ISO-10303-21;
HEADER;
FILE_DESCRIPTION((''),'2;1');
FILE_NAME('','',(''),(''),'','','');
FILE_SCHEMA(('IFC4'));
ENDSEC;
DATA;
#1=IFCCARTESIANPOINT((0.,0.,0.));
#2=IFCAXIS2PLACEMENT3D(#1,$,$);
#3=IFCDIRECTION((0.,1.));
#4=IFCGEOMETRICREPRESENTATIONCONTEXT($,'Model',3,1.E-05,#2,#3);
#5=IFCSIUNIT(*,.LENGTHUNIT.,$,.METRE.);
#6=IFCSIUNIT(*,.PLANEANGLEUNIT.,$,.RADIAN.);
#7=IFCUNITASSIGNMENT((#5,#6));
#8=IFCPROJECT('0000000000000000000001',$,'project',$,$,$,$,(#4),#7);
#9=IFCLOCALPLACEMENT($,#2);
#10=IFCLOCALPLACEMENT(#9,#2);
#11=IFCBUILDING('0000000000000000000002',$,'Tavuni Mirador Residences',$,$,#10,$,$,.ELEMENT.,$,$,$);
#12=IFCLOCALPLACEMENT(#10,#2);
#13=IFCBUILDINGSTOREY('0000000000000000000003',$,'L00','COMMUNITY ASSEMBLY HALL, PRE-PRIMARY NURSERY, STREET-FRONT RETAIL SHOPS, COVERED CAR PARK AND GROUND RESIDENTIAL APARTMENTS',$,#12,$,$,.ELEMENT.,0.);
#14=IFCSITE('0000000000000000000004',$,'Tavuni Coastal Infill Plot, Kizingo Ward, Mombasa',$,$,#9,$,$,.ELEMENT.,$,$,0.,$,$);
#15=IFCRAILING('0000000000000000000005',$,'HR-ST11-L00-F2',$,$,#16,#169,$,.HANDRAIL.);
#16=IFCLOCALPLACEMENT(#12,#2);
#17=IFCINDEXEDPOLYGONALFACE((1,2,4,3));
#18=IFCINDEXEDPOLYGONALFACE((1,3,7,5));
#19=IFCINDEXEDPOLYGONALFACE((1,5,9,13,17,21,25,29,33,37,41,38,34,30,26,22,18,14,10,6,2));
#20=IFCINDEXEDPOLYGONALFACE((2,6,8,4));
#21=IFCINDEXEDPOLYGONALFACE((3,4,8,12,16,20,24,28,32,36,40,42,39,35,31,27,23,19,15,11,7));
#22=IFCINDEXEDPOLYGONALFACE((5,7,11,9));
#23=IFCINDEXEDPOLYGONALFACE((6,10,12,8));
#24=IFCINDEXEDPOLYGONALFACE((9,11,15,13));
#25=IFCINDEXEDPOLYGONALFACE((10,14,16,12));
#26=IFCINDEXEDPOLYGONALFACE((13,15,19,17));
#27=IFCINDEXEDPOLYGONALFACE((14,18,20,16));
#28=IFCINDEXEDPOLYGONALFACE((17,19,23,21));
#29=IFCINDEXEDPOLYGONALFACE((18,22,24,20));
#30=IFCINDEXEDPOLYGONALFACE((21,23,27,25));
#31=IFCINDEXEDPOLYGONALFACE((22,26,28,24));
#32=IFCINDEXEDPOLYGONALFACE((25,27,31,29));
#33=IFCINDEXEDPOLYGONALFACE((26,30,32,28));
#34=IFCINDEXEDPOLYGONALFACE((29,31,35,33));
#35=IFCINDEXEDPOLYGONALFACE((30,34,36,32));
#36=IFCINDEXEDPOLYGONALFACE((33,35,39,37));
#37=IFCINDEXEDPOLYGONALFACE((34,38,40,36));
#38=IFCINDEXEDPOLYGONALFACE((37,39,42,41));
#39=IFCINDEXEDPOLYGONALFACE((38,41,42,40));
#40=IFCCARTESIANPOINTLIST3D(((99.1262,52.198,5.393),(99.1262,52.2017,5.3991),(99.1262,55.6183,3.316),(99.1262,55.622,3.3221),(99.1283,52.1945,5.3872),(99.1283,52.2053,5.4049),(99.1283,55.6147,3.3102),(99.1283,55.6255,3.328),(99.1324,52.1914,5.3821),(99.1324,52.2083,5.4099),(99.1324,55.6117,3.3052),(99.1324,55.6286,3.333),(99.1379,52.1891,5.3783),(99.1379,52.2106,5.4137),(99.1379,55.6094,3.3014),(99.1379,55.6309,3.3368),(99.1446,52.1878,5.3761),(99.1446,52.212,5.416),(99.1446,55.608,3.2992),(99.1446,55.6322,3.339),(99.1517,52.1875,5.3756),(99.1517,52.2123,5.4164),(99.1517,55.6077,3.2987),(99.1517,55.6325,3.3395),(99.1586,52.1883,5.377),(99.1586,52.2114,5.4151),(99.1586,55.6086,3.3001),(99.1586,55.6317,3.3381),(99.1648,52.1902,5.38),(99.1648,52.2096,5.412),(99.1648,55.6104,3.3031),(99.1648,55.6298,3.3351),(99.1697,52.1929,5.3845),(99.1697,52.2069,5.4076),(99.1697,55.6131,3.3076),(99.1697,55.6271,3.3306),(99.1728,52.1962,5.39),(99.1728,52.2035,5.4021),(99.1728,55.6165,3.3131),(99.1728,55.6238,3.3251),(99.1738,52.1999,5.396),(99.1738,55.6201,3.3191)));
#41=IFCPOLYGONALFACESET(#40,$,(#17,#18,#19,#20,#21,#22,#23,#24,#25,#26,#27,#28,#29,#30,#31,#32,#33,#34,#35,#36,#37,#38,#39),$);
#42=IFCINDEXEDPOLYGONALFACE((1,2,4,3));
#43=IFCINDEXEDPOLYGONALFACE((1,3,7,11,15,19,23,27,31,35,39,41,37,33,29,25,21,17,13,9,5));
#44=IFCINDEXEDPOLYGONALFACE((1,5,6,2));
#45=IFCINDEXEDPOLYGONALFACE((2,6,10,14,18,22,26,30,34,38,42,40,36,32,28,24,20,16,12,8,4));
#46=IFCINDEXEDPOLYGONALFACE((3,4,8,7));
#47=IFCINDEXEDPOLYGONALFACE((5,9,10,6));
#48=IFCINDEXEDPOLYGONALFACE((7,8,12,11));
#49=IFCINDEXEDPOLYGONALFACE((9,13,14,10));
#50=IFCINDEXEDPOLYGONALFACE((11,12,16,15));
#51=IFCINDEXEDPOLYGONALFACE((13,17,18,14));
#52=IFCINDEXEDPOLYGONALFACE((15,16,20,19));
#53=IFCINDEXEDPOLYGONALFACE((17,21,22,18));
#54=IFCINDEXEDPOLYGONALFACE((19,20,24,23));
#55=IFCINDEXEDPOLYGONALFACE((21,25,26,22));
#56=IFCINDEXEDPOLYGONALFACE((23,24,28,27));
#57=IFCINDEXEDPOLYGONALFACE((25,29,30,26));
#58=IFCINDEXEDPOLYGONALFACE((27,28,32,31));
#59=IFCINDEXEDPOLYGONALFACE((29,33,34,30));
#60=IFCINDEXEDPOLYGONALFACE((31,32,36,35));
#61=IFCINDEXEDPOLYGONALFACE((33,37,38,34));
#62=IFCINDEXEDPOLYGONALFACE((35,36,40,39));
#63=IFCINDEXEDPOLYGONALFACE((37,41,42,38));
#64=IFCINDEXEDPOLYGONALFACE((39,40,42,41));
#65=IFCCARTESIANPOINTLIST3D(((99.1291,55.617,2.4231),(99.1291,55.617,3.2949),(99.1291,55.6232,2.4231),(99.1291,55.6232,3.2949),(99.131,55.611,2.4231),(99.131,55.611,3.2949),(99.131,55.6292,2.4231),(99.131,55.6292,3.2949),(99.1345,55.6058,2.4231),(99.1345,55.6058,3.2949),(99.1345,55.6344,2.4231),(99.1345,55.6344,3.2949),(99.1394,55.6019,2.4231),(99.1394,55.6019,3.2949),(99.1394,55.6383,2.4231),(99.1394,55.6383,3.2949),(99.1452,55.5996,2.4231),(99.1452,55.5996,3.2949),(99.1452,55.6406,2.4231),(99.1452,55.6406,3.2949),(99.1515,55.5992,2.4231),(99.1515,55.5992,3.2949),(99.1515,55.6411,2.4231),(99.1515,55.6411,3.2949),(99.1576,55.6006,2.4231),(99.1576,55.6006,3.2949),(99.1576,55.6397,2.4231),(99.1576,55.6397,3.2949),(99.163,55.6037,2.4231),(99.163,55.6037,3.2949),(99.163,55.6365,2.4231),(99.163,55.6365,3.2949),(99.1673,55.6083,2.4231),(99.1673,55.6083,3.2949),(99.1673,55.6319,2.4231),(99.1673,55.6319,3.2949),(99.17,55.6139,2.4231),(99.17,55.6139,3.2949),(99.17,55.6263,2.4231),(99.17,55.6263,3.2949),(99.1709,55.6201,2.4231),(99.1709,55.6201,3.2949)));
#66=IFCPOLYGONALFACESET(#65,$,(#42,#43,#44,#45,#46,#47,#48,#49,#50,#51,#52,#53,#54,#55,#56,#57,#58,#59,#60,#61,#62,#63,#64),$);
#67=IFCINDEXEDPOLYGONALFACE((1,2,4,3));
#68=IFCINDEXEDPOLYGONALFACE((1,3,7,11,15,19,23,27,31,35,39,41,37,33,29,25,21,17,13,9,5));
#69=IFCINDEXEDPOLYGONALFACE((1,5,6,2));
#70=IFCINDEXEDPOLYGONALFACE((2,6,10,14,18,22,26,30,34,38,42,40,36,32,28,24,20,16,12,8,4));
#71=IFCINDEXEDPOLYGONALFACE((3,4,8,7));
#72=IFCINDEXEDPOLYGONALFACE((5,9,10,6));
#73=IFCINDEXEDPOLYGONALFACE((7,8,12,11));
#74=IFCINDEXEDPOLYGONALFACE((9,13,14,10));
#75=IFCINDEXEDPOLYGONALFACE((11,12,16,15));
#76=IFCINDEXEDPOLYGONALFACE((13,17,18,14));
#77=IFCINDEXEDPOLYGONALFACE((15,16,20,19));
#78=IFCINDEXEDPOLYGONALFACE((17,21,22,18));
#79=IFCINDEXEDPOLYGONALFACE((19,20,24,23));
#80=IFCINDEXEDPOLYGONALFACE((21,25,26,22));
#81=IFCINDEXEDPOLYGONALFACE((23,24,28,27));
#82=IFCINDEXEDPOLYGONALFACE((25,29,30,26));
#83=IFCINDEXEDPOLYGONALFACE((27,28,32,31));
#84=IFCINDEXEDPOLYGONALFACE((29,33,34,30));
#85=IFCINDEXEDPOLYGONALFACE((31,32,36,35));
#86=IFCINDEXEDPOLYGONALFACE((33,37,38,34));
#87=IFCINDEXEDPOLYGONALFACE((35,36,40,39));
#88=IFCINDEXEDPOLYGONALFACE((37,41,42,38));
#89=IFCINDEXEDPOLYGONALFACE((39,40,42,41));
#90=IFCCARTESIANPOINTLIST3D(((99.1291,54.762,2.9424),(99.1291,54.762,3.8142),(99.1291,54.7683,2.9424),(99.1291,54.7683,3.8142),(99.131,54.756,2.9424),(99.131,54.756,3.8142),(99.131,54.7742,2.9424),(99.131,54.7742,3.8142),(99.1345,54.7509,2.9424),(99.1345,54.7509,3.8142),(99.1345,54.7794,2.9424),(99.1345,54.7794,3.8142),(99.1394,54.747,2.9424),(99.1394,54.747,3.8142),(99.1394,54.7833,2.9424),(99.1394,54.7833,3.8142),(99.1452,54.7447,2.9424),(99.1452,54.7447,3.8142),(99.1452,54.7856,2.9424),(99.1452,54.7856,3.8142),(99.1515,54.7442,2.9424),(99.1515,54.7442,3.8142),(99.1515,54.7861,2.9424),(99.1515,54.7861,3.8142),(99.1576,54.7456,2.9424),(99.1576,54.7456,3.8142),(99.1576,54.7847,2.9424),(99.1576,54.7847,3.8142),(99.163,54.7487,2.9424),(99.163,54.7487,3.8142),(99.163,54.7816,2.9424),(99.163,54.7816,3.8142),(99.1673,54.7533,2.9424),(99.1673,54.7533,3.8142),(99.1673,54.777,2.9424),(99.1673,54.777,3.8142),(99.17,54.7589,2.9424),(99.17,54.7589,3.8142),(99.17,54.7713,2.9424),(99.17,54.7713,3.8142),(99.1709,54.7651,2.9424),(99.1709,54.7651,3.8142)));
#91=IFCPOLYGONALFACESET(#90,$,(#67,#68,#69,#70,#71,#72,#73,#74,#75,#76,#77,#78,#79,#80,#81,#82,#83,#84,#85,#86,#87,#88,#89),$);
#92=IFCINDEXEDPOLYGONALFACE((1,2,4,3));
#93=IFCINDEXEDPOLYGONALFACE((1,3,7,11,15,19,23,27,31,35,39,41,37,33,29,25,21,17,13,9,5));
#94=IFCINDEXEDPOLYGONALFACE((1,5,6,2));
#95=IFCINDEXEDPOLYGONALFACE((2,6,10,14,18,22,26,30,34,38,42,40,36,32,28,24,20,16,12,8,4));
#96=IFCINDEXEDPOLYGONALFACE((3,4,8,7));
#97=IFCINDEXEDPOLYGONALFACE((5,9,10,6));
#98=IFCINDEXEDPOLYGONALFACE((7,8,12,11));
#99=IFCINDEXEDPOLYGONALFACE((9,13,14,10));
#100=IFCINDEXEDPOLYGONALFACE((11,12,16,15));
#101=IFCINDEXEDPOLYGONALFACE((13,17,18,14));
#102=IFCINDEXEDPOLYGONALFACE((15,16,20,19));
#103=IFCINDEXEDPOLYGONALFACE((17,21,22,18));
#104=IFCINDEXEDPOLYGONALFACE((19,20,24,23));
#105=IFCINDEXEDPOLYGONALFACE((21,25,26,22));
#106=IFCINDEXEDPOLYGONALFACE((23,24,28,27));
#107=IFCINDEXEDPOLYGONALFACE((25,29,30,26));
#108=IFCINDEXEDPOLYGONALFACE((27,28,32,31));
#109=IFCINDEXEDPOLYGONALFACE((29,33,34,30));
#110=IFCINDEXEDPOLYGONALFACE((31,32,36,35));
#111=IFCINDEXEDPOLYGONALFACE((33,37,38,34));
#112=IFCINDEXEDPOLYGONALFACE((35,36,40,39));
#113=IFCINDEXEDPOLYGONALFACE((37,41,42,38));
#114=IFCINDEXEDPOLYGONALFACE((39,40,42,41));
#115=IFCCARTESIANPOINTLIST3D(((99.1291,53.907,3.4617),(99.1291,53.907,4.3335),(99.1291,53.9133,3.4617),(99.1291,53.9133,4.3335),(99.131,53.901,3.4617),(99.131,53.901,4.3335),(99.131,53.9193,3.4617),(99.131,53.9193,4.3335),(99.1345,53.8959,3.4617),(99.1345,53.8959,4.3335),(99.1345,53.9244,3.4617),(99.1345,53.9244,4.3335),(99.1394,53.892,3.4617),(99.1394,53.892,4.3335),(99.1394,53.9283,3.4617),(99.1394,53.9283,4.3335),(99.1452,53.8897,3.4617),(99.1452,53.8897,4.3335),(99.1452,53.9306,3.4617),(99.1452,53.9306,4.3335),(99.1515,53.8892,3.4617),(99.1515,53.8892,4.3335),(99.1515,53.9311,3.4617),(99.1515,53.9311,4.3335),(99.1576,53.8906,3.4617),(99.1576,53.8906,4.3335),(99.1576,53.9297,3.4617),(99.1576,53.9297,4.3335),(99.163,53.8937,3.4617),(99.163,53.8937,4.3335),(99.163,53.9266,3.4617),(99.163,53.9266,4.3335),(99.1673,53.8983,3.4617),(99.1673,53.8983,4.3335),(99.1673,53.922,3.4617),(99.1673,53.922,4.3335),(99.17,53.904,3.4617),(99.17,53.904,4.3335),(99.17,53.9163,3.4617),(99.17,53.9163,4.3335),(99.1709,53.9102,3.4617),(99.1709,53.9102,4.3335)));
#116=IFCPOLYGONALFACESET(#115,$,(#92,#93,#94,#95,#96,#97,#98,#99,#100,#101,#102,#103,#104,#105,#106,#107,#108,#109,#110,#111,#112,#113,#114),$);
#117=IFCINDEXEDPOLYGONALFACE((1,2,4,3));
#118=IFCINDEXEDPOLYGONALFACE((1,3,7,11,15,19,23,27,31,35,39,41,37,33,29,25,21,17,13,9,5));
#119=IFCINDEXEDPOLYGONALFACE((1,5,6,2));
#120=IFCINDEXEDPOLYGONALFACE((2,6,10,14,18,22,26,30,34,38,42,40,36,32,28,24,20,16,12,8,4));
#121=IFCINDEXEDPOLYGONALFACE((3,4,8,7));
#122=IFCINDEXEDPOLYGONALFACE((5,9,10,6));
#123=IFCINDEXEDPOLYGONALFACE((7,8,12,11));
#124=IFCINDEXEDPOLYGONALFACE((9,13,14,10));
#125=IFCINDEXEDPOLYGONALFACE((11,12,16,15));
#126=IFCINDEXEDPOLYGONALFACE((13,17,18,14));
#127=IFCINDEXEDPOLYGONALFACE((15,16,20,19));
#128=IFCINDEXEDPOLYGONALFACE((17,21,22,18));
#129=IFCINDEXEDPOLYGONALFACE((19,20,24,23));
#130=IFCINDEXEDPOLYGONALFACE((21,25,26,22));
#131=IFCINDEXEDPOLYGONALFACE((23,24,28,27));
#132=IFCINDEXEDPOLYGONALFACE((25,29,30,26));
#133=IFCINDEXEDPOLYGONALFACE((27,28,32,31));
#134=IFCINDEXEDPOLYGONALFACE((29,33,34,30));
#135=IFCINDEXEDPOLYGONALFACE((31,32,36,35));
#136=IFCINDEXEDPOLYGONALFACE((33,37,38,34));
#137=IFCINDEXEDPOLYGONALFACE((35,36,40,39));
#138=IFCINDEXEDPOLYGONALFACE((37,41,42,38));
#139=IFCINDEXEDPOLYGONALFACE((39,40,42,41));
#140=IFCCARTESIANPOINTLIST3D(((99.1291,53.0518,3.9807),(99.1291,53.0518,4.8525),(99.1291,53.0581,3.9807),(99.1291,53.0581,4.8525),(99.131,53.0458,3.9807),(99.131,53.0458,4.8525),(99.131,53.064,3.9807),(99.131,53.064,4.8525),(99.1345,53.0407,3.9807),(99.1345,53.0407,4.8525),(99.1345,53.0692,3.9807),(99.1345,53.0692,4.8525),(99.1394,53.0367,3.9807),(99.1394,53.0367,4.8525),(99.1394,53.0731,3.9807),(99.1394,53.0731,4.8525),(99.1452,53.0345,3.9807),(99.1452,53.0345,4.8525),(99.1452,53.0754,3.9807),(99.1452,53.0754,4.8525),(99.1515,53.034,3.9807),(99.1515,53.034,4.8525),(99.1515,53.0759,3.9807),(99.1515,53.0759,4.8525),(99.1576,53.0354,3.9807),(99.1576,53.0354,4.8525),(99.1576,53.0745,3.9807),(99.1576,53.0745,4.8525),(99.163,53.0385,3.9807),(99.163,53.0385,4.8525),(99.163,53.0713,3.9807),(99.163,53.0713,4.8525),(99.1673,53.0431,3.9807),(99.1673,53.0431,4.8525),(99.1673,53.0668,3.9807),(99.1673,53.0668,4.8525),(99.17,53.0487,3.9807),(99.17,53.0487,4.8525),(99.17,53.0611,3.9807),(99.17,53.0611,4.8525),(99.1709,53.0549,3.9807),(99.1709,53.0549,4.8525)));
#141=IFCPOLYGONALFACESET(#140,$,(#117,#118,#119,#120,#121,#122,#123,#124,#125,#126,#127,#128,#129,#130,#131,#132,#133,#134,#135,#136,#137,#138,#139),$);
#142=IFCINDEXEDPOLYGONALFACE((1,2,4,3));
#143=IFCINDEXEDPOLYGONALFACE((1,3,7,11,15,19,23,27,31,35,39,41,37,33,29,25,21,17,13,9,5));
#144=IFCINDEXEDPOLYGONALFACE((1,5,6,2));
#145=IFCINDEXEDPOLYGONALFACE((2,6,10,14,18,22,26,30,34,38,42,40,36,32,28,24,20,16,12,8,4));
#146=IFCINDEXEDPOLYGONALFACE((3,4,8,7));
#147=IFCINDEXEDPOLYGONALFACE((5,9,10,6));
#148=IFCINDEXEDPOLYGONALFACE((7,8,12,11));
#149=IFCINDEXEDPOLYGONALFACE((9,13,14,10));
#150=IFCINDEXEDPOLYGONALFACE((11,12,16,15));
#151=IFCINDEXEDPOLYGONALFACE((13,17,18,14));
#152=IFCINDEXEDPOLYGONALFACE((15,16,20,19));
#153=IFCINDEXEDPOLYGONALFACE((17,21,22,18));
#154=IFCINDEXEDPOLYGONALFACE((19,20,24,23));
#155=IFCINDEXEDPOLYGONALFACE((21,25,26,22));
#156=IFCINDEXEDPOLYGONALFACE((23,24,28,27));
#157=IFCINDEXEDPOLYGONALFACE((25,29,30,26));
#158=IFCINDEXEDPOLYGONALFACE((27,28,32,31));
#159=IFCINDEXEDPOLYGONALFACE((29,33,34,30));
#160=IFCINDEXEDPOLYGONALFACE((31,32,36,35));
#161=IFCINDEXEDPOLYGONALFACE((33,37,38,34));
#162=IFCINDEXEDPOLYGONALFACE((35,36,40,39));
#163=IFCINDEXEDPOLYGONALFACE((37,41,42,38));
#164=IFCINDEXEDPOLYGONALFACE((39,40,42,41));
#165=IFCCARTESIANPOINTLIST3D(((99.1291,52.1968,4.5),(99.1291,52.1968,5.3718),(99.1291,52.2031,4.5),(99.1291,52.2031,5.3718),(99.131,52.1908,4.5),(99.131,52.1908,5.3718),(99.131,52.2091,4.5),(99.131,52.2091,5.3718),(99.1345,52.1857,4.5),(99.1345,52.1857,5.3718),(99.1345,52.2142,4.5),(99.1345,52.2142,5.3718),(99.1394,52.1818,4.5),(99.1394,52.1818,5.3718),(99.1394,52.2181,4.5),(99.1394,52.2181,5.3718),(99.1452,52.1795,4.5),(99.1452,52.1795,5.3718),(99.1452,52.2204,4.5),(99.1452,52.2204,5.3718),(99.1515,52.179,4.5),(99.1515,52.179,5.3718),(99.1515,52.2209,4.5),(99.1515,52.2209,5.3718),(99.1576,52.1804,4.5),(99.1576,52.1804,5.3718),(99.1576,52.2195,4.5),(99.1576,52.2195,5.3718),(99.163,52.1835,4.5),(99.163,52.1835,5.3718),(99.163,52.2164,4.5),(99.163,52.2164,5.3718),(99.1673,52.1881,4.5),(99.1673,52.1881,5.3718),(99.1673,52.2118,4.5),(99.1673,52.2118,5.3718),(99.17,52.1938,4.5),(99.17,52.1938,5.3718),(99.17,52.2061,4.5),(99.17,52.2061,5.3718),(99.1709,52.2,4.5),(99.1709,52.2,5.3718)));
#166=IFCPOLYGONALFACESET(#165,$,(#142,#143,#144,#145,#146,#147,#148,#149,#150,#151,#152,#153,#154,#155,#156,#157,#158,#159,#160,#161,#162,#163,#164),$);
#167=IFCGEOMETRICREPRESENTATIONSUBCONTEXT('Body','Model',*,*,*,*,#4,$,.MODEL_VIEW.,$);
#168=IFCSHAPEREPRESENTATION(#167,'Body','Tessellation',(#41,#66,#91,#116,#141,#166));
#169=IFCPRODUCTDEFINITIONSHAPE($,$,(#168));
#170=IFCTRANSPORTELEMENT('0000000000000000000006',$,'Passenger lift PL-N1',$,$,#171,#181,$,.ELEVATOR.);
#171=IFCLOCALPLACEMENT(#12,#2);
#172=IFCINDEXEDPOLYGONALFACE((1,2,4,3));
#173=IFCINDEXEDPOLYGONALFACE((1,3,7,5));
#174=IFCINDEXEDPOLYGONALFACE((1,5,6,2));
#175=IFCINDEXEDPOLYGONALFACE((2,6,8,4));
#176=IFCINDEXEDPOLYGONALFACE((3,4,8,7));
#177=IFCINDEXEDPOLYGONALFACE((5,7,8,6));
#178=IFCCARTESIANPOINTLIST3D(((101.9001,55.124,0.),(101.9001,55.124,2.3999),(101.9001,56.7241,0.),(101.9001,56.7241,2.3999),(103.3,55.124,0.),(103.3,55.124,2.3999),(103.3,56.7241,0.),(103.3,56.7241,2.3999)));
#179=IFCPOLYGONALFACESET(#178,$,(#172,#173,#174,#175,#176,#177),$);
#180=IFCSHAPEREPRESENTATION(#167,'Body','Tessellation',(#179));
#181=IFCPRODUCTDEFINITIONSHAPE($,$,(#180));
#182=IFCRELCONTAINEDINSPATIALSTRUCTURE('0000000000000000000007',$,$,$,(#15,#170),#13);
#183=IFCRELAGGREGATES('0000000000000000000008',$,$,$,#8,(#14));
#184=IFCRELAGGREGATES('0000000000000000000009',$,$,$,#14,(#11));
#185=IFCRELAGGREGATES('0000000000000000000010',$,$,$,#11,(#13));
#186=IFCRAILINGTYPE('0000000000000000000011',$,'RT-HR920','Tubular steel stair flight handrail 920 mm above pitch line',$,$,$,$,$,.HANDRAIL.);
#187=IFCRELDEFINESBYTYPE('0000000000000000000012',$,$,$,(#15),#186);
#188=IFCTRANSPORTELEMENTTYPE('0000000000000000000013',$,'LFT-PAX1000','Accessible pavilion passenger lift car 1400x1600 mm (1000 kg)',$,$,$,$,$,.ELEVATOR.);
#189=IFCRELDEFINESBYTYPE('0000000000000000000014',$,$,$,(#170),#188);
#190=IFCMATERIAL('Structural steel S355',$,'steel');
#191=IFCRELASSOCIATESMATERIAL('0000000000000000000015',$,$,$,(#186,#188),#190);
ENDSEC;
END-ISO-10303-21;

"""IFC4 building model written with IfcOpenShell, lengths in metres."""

from ifc_helpers import new_model, si_unit, direction, frame, origin, origin_2d, place, context, subcontext, project, spatial, rectangle, circle, extrude, material, type_object, element, save


model = new_model("IFC4")

# Units and contexts
model_context = context("Model", 3, precision=1e-05, world=origin(), true_north=direction((0.0, 1.0)))
body_context = subcontext(model_context, "Body", "Model", "MODEL_VIEW")
ifc_project = project(units=[si_unit("LENGTHUNIT", "METRE"), si_unit("PLANEANGLEUNIT", "RADIAN")], contexts=[model_context])

# Site, building, storey
site_placement = place(None, origin())
site = spatial("IfcSite", under=ifc_project, at=site_placement, Name="Tavuni Coastal Infill Plot, Kizingo Ward, Mombasa", CompositionType="ELEMENT", RefElevation=0.0)
building_placement = place(site_placement, origin())
building = spatial("IfcBuilding", under=site, at=building_placement, Name="Tavuni Mirador Residences", CompositionType="ELEMENT")
storey_placement = place(building_placement, origin())
storey = spatial("IfcBuildingStorey", under=building, at=storey_placement, Name="L00", Description="COMMUNITY ASSEMBLY HALL, PRE-PRIMARY NURSERY, STREET-FRONT RETAIL SHOPS, COVERED CAR PARK AND GROUND RESIDENTIAL APARTMENTS", CompositionType="ELEMENT", Elevation=0.0)

# Shared definitions
ifc_material_1 = material(Name="Structural steel S355", Category="steel")

# Railing
railing_type_1 = type_object("IfcRailingType", Name="RT-HR920", Description="Tubular steel stair flight handrail 920 mm above pitch line", PredefinedType="HANDRAIL", material=ifc_material_1)
railing_1_placement = place(storey_placement, frame((99.1499, 55.6201, 2.4231)))
element("IfcRailing", 1, at=railing_1_placement, inside=storey, type_object=railing_type_1, Name="HR-ST11-L00-F2", PredefinedType="HANDRAIL", context=body_context, shape_type="SweptSolid", body=[
    extrude(circle(Radius=0.0239, at=origin_2d()), frame((0.0, 0.0, 0.896), z_axis=(0.0, -0.854746, 0.519047), x_axis=(1.0, 0.0, 0.0)), (0.0, 0.0, 1.0), 4.0015),
    extrude(circle(Radius=0.021, at=origin_2d()), origin(), (0.0, 0.0, 1.0), 0.8718),
    extrude(circle(Radius=0.021, at=origin_2d()), frame((0.0, -0.855, 0.5193)), (0.0, 0.0, 1.0), 0.8718),
    extrude(circle(Radius=0.021, at=origin_2d()), frame((0.0, -1.71, 1.0386)), (0.0, 0.0, 1.0), 0.8718),
    extrude(circle(Radius=0.021, at=origin_2d()), frame((0.0, -2.5652, 1.5576)), (0.0, 0.0, 1.0), 0.8718),
    extrude(circle(Radius=0.021, at=origin_2d()), frame((0.0, -3.4202, 2.0769)), (0.0, 0.0, 1.0), 0.8718),
])

# Transport element
transport_element_type = type_object("IfcTransportElementType", Name="LFT-PAX1000", Description="Accessible pavilion passenger lift car 1400x1600 mm (1000 kg)", PredefinedType="ELEVATOR", material=ifc_material_1)
transport_element_placement = place(storey_placement, frame((102.6001, 55.9241, 0.0), z_axis=(0.0, 0.0, 1.0), x_axis=(1.0, 0.0, 0.0)))
element("IfcTransportElement", 2, at=transport_element_placement, inside=storey, type_object=transport_element_type, Name="Passenger lift PL-N1", PredefinedType="ELEVATOR", context=body_context, shape_type="SweptSolid", body=[
    extrude(rectangle(XDim=1.3999, YDim=1.6001, at=origin_2d()), origin(), (0.0, 0.0, 1.0), 2.3999),
])

save(model, "model.ifc")
